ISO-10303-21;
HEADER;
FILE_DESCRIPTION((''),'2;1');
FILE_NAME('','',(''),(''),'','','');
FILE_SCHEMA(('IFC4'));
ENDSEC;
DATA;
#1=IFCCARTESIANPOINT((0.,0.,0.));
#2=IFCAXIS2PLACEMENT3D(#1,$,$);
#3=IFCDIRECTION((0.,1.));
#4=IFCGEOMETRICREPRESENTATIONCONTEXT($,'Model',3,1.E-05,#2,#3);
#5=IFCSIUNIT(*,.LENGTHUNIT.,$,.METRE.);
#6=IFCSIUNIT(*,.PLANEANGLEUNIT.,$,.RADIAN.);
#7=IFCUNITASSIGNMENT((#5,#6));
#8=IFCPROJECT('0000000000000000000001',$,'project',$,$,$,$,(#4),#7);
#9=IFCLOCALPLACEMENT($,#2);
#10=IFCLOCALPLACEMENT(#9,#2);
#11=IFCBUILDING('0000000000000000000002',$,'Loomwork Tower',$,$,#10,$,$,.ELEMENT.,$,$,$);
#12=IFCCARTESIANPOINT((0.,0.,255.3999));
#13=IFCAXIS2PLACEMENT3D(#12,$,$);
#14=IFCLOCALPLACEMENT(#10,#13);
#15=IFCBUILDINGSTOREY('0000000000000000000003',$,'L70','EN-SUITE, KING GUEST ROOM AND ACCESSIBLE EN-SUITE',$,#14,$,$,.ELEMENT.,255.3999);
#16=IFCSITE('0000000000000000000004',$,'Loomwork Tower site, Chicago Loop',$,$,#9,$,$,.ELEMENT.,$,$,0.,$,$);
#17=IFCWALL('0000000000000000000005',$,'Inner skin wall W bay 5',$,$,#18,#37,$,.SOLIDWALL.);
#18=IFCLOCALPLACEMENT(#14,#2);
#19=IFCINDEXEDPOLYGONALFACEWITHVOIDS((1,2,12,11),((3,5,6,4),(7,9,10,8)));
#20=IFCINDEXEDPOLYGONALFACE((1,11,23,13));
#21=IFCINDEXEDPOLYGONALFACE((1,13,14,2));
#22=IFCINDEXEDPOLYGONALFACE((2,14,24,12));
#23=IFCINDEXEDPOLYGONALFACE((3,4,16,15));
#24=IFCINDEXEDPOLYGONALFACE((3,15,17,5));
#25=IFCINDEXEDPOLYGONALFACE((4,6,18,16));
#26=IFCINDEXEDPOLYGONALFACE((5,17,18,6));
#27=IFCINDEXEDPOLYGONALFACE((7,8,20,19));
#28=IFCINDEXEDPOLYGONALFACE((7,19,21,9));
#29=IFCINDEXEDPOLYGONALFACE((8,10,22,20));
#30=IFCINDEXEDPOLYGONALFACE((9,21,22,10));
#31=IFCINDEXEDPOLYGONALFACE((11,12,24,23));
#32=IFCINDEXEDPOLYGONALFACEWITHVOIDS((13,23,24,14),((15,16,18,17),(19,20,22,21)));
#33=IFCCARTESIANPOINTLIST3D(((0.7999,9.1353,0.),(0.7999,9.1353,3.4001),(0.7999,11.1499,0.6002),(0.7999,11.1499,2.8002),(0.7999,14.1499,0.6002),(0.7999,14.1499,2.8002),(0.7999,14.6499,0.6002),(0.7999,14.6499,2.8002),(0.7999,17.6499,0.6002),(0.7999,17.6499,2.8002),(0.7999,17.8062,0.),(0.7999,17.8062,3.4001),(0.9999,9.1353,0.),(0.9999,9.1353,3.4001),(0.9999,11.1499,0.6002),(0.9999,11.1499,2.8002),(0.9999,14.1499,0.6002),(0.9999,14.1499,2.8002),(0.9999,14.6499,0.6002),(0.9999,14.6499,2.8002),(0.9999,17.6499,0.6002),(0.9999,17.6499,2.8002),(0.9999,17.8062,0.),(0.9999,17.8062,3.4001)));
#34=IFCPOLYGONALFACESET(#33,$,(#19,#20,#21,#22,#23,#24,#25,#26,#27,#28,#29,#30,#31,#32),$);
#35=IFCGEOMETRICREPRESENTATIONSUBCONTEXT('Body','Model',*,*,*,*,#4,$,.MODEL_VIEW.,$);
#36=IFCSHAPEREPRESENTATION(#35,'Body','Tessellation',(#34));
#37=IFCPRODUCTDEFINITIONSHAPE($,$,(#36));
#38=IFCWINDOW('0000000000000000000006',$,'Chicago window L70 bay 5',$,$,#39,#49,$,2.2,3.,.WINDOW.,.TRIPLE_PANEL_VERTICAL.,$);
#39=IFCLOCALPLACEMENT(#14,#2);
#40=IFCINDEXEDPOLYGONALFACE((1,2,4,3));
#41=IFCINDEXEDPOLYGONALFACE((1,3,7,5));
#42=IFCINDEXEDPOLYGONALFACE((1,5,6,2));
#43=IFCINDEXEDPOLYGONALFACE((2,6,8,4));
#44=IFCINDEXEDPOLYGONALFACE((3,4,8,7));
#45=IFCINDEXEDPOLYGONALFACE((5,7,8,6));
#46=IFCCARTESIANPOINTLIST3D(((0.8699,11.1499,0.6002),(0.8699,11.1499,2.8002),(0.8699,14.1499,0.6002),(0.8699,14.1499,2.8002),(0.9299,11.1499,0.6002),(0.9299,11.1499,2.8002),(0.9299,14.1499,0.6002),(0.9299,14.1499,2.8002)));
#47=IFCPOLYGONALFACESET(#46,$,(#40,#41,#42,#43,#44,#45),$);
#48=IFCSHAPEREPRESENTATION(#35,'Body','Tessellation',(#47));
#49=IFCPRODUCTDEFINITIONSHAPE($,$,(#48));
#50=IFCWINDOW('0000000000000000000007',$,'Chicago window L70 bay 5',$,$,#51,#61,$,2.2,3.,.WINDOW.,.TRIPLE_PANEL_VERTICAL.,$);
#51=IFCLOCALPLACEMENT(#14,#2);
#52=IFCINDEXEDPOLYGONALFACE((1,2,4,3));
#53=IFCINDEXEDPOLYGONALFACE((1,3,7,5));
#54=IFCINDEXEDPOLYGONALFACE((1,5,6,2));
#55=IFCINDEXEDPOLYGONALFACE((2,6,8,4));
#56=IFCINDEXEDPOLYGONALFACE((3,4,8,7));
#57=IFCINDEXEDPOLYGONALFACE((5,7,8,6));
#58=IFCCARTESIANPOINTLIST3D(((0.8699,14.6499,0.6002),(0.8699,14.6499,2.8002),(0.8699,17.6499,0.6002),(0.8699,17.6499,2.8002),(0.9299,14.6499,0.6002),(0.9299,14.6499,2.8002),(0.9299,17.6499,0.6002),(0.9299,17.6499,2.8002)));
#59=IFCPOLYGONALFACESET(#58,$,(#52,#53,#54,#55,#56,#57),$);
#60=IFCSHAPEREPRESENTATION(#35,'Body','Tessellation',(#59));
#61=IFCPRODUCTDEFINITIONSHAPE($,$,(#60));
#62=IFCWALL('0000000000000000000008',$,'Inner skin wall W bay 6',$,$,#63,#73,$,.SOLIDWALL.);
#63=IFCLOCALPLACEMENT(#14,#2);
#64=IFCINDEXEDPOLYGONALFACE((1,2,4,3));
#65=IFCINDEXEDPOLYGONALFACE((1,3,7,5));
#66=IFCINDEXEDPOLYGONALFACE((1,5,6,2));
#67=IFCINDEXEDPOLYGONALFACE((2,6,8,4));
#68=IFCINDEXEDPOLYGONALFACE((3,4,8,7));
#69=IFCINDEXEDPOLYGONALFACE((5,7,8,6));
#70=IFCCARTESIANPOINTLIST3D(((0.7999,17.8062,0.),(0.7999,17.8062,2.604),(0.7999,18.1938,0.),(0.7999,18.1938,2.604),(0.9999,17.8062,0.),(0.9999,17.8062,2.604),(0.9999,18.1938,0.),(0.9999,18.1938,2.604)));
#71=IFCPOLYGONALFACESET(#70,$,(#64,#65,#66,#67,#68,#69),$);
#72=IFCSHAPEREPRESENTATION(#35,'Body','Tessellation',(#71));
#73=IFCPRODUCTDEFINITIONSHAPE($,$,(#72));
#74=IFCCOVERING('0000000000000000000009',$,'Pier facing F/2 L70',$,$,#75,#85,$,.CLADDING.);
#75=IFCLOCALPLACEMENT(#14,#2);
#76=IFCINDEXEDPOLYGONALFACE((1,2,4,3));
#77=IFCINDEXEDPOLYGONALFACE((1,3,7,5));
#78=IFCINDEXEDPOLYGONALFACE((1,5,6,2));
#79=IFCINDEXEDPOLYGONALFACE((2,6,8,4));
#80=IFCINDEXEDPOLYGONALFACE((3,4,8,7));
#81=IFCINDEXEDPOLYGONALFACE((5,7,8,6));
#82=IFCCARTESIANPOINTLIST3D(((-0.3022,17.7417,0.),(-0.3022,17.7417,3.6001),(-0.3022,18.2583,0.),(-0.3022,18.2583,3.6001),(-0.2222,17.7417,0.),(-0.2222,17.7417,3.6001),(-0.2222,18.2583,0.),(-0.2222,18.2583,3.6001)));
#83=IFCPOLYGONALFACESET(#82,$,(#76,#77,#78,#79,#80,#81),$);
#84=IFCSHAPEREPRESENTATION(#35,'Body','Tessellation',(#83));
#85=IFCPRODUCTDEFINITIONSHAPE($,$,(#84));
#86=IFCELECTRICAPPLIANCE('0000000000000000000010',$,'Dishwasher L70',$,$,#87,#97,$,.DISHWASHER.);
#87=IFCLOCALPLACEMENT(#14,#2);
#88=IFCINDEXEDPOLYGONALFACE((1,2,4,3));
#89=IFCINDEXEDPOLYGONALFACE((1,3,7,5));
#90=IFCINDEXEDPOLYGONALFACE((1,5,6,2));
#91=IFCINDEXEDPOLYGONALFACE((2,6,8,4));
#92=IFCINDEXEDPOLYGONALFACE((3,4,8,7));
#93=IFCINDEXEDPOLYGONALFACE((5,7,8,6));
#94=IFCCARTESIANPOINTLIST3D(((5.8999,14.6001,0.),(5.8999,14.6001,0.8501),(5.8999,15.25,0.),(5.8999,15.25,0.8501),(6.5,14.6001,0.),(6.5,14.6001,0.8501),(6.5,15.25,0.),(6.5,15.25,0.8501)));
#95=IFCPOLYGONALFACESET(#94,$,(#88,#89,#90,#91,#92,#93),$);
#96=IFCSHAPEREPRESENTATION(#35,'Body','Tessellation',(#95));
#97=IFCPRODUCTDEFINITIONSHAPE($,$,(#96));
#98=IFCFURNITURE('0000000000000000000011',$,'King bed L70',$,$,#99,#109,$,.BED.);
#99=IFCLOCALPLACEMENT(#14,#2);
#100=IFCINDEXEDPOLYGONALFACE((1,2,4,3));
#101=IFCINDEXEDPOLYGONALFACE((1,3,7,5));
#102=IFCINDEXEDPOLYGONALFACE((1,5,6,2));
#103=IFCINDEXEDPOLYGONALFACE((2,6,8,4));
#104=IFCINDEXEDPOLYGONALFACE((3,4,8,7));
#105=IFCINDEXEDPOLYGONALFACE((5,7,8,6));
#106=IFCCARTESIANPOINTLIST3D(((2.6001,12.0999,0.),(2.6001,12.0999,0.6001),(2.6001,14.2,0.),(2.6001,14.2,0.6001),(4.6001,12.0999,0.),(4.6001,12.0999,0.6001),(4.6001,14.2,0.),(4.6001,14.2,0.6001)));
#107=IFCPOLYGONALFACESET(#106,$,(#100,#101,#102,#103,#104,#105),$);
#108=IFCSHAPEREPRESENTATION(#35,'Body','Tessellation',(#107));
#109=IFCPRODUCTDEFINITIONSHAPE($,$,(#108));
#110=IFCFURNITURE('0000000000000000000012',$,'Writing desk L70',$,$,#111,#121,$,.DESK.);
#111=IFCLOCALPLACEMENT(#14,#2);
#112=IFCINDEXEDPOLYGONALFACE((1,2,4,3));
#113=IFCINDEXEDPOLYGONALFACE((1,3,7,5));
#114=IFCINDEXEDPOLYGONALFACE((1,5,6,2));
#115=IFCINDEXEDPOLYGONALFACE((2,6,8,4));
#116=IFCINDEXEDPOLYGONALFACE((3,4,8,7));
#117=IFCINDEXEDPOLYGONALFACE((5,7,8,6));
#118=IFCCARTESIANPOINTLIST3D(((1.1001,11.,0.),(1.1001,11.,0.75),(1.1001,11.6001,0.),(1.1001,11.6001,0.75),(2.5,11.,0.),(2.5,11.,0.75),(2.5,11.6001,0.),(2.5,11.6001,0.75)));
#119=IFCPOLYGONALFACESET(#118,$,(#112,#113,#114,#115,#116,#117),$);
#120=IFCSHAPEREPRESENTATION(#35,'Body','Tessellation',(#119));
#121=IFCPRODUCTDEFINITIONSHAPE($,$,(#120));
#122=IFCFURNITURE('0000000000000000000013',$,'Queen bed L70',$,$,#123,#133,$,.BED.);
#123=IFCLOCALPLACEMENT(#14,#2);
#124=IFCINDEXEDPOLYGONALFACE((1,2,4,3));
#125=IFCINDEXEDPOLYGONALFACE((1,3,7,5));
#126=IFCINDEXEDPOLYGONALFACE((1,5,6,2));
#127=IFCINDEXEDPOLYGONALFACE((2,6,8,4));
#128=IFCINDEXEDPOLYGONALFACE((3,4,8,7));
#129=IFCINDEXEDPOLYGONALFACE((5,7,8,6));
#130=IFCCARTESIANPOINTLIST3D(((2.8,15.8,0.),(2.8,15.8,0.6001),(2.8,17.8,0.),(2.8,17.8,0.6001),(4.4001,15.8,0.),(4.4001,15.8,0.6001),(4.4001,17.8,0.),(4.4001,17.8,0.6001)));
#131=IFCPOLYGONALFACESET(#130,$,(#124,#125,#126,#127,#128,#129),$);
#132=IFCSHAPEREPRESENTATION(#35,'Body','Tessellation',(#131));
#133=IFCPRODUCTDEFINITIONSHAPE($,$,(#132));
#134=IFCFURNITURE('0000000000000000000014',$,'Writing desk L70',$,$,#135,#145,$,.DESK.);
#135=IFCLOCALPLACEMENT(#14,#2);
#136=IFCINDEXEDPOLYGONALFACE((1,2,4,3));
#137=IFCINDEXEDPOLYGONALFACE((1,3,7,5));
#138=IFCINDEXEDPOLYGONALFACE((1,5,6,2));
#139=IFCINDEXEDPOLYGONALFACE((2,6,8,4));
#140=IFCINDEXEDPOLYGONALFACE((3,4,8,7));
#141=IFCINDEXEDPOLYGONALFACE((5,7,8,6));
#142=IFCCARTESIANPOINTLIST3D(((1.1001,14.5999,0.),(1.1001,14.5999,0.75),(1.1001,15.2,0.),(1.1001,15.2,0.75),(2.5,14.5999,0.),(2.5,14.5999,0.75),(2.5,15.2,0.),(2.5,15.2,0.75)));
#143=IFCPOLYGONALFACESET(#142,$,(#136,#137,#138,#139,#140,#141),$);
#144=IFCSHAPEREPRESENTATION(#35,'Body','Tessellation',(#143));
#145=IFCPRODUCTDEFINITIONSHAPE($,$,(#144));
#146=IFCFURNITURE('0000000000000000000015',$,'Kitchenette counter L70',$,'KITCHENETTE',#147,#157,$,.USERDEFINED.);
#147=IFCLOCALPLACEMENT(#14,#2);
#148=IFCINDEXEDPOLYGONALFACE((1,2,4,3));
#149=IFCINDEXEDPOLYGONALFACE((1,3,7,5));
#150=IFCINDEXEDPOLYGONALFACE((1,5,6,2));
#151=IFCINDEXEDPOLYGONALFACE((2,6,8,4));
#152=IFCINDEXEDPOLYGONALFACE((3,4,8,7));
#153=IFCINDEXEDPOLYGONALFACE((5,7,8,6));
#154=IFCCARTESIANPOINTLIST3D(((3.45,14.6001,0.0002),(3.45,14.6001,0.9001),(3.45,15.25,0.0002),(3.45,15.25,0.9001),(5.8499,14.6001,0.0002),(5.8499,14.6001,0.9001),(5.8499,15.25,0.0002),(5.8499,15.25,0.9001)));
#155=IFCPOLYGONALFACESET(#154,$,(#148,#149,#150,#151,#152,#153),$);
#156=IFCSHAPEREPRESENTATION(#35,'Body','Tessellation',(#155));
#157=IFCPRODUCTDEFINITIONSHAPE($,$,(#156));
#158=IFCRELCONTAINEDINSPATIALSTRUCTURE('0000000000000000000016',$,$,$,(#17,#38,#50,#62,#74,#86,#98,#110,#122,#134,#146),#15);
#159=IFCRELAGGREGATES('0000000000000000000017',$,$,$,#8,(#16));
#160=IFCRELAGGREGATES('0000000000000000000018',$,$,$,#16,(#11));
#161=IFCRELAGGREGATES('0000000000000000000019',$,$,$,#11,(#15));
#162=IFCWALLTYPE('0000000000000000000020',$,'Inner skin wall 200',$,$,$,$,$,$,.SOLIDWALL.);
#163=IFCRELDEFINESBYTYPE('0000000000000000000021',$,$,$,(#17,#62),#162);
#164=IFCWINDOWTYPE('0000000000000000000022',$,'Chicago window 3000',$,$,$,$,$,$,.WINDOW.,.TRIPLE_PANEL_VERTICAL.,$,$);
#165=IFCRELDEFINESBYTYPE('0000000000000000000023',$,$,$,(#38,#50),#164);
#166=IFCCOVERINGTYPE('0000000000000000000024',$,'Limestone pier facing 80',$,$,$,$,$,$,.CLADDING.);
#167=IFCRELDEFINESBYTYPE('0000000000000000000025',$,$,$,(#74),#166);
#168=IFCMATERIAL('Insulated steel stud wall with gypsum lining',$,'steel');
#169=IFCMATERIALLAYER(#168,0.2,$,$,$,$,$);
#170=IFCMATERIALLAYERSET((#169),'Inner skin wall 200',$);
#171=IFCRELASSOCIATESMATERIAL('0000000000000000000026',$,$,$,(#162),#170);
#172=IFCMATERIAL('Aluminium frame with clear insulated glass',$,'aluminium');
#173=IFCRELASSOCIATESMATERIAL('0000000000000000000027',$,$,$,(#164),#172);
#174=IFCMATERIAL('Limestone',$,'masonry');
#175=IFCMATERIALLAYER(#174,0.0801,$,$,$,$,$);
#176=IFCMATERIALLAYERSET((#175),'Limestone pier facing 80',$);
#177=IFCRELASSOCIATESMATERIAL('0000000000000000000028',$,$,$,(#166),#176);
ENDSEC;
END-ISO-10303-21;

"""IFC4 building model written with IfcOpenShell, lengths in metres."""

from ifc_helpers import new_model, si_unit, direction, frame, frame_2d, origin, origin_2d, place, context, subcontext, project, spatial, rectangle, extrude, material, layer, layer_set, type_object, element, fill, save


model = new_model("IFC4")

# Units and contexts
model_context = context("Model", 3, precision=1e-05, world=origin(), true_north=direction((0.0, 1.0)))
body_context = subcontext(model_context, "Body", "Model", "MODEL_VIEW")
ifc_project = project(units=[si_unit("LENGTHUNIT", "METRE"), si_unit("PLANEANGLEUNIT", "RADIAN")], contexts=[model_context])

# Site, building, storey
site_placement = place(None, origin())
site = spatial("IfcSite", under=ifc_project, at=site_placement, Name="Loomwork Tower site, Chicago Loop", CompositionType="ELEMENT", RefElevation=0.0)
building_placement = place(site_placement, origin())
building = spatial("IfcBuilding", under=site, at=building_placement, Name="Loomwork Tower", CompositionType="ELEMENT")
storey_placement = place(building_placement, frame((0.0, 0.0, 255.3999)))
storey = spatial("IfcBuildingStorey", under=building, at=storey_placement, Name="L70", Description="EN-SUITE, KING GUEST ROOM AND ACCESSIBLE EN-SUITE", CompositionType="ELEMENT", Elevation=255.3999)

# Wall, openings, windows
ifc_material_1 = material(Name="Insulated steel stud wall with gypsum lining", Category="steel")
ifc_layer_1 = layer(ifc_material_1, 0.2)
ifc_layer_set_1 = layer_set([ifc_layer_1], Name="Inner skin wall 200")
wall_type_1 = type_object("IfcWallType", Name="Inner skin wall 200", PredefinedType="SOLIDWALL", material=ifc_layer_set_1)
wall_1_placement = place(storey_placement, frame((0.8999, 9.1353, 0.0), z_axis=(0.0, 0.0, 1.0), x_axis=(0.0, 1.0, 0.0)))
wall_1 = element("IfcWall", 1, at=wall_1_placement, inside=storey, type_object=wall_type_1, Name="Inner skin wall W bay 5", PredefinedType="SOLIDWALL", context=body_context, shape_type="SweptSolid", body=[
    extrude(rectangle(XDim=8.6709, YDim=0.2, at=frame_2d((4.3354, 0.0))), origin(), (0.0, 0.0, 1.0), 3.4001),
])
opening_1_placement = place(wall_1_placement, frame((2.0146, 0.0, 0.6001)))
opening_1 = element("IfcOpeningElement", 2, at=opening_1_placement, cuts=wall_1, PredefinedType="OPENING", context=body_context, shape_type="SweptSolid", body=[
    extrude(rectangle(XDim=3.0, YDim=2.2, at=frame_2d((1.5, 1.1001))), frame((0.0, 0.1099, 0.0), z_axis=(0.0, -1.0, 0.0), x_axis=(1.0, 0.0, 0.0)), (0.0, 0.0, 1.0), 0.22),
])
opening_2_placement = place(wall_1_placement, frame((5.5146, 0.0, 0.6001)))
opening_2 = element("IfcOpeningElement", 3, at=opening_2_placement, cuts=wall_1, PredefinedType="OPENING", context=body_context, shape_type="SweptSolid", body=[
    extrude(rectangle(XDim=3.0, YDim=2.2, at=frame_2d((1.5, 1.1001))), frame((0.0, 0.1099, 0.0), z_axis=(0.0, -1.0, 0.0), x_axis=(1.0, 0.0, 0.0)), (0.0, 0.0, 1.0), 0.22),
])
ifc_material_2 = material(Name="Aluminium frame with clear insulated glass", Category="aluminium")
window_type = type_object("IfcWindowType", Name="Chicago window 3000", PartitioningType="TRIPLE_PANEL_VERTICAL", PredefinedType="WINDOW", material=ifc_material_2)
window_1_placement = place(opening_1_placement, origin())
window_1 = element("IfcWindow", 4, at=window_1_placement, inside=storey, type_object=window_type, Name="Chicago window L70 bay 5", OverallHeight=2.2, OverallWidth=3.0, PartitioningType="TRIPLE_PANEL_VERTICAL", PredefinedType="WINDOW", context=body_context, shape_type="SweptSolid", body=[
    extrude(rectangle(XDim=3.0, YDim=2.2, at=frame_2d((1.5, 1.1001))), frame((0.0, 0.03, 0.0), z_axis=(0.0, -1.0, 0.0), x_axis=(1.0, 0.0, 0.0)), (0.0, 0.0, 1.0), 0.0601),
])
fill(opening_1, window_1)
window_2_placement = place(opening_2_placement, origin())
window_2 = element("IfcWindow", 5, at=window_2_placement, inside=storey, type_object=window_type, Name="Chicago window L70 bay 5", OverallHeight=2.2, OverallWidth=3.0, PartitioningType="TRIPLE_PANEL_VERTICAL", PredefinedType="WINDOW", context=body_context, shape_type="SweptSolid", body=[
    extrude(rectangle(XDim=3.0, YDim=2.2, at=frame_2d((1.5, 1.1001))), frame((0.0, 0.03, 0.0), z_axis=(0.0, -1.0, 0.0), x_axis=(1.0, 0.0, 0.0)), (0.0, 0.0, 1.0), 0.0601),
])
fill(opening_2, window_2)

# Wall
wall_2_placement = place(storey_placement, frame((0.8999, 17.8062, 0.0), z_axis=(0.0, 0.0, 1.0), x_axis=(0.0, 1.0, 0.0)))
element("IfcWall", 6, at=wall_2_placement, inside=storey, type_object=wall_type_1, Name="Inner skin wall W bay 6", PredefinedType="SOLIDWALL", context=body_context, shape_type="SweptSolid", body=[
    extrude(rectangle(XDim=0.3877, YDim=0.2, at=frame_2d((0.1938, 0.0))), origin(), (0.0, 0.0, 1.0), 2.604),
])

# Covering
ifc_material_3 = material(Name="Limestone", Category="masonry")
ifc_layer_2 = layer(ifc_material_3, 0.0801)
ifc_layer_set_2 = layer_set([ifc_layer_2], Name="Limestone pier facing 80")
covering_type = type_object("IfcCoveringType", Name="Limestone pier facing 80", PredefinedType="CLADDING", material=ifc_layer_set_2)
covering_placement = place(storey_placement, frame((-0.2622, 18.0, 0.0), z_axis=(0.0, 0.0, 1.0), x_axis=(1.0, 0.0, 0.0)))
element("IfcCovering", 7, at=covering_placement, inside=storey, type_object=covering_type, Name="Pier facing F/2 L70", PredefinedType="CLADDING", context=body_context, shape_type="SweptSolid", body=[
    extrude(rectangle(XDim=0.0801, YDim=0.5166, at=origin_2d()), origin(), (0.0, 0.0, 1.0), 3.6001),
])

# Electric appliance
electric_appliance_placement = place(storey_placement, frame((6.2, 14.925, 0.0), z_axis=(0.0, 0.0, 1.0), x_axis=(1.0, 0.0, 0.0)))
element("IfcElectricAppliance", 8, at=electric_appliance_placement, inside=storey, Name="Dishwasher L70", PredefinedType="DISHWASHER", context=body_context, shape_type="SweptSolid", body=[
    extrude(rectangle(XDim=0.6001, YDim=0.6499, at=origin_2d()), origin(), (0.0, 0.0, 1.0), 0.8501),
])

# Furniture
furniture_1_placement = place(storey_placement, frame((3.6001, 13.1499, 0.0), z_axis=(0.0, 0.0, 1.0), x_axis=(1.0, 0.0, 0.0)))
element("IfcFurniture", 9, at=furniture_1_placement, inside=storey, Name="King bed L70", PredefinedType="BED", context=body_context, shape_type="SweptSolid", body=[
    extrude(rectangle(XDim=2.0, YDim=2.1001, at=origin_2d()), origin(), (0.0, 0.0, 1.0), 0.6001),
])
furniture_2_placement = place(storey_placement, frame((1.8, 11.3, 0.0), z_axis=(0.0, 0.0, 1.0), x_axis=(1.0, 0.0, 0.0)))
element("IfcFurniture", 10, at=furniture_2_placement, inside=storey, Name="Writing desk L70", PredefinedType="DESK", context=body_context, shape_type="SweptSolid", body=[
    extrude(rectangle(XDim=1.3999, YDim=0.6001, at=origin_2d()), origin(), (0.0, 0.0, 1.0), 0.75),
])
furniture_3_placement = place(storey_placement, frame((3.6001, 16.8, 0.0), z_axis=(0.0, 0.0, 1.0), x_axis=(1.0, 0.0, 0.0)))
element("IfcFurniture", 11, at=furniture_3_placement, inside=storey, Name="Queen bed L70", PredefinedType="BED", context=body_context, shape_type="SweptSolid", body=[
    extrude(rectangle(XDim=1.6001, YDim=2.0, at=origin_2d()), origin(), (0.0, 0.0, 1.0), 0.6001),
])
furniture_4_placement = place(storey_placement, frame((1.8, 14.8999, 0.0), z_axis=(0.0, 0.0, 1.0), x_axis=(1.0, 0.0, 0.0)))
element("IfcFurniture", 12, at=furniture_4_placement, inside=storey, Name="Writing desk L70", PredefinedType="DESK", context=body_context, shape_type="SweptSolid", body=[
    extrude(rectangle(XDim=1.3999, YDim=0.6001, at=origin_2d()), origin(), (0.0, 0.0, 1.0), 0.75),
])
furniture_5_placement = place(storey_placement, frame((4.6499, 14.925, 0.0002), z_axis=(0.0, 0.0, 1.0), x_axis=(1.0, 0.0, 0.0)))
element("IfcFurniture", 13, at=furniture_5_placement, inside=storey, Name="Kitchenette counter L70", ObjectType="KITCHENETTE", PredefinedType="USERDEFINED", context=body_context, shape_type="SweptSolid", body=[
    extrude(rectangle(XDim=2.3999, YDim=0.6499, at=origin_2d()), origin(), (0.0, 0.0, 1.0), 0.8999),
])

save(model, "model.ifc")
